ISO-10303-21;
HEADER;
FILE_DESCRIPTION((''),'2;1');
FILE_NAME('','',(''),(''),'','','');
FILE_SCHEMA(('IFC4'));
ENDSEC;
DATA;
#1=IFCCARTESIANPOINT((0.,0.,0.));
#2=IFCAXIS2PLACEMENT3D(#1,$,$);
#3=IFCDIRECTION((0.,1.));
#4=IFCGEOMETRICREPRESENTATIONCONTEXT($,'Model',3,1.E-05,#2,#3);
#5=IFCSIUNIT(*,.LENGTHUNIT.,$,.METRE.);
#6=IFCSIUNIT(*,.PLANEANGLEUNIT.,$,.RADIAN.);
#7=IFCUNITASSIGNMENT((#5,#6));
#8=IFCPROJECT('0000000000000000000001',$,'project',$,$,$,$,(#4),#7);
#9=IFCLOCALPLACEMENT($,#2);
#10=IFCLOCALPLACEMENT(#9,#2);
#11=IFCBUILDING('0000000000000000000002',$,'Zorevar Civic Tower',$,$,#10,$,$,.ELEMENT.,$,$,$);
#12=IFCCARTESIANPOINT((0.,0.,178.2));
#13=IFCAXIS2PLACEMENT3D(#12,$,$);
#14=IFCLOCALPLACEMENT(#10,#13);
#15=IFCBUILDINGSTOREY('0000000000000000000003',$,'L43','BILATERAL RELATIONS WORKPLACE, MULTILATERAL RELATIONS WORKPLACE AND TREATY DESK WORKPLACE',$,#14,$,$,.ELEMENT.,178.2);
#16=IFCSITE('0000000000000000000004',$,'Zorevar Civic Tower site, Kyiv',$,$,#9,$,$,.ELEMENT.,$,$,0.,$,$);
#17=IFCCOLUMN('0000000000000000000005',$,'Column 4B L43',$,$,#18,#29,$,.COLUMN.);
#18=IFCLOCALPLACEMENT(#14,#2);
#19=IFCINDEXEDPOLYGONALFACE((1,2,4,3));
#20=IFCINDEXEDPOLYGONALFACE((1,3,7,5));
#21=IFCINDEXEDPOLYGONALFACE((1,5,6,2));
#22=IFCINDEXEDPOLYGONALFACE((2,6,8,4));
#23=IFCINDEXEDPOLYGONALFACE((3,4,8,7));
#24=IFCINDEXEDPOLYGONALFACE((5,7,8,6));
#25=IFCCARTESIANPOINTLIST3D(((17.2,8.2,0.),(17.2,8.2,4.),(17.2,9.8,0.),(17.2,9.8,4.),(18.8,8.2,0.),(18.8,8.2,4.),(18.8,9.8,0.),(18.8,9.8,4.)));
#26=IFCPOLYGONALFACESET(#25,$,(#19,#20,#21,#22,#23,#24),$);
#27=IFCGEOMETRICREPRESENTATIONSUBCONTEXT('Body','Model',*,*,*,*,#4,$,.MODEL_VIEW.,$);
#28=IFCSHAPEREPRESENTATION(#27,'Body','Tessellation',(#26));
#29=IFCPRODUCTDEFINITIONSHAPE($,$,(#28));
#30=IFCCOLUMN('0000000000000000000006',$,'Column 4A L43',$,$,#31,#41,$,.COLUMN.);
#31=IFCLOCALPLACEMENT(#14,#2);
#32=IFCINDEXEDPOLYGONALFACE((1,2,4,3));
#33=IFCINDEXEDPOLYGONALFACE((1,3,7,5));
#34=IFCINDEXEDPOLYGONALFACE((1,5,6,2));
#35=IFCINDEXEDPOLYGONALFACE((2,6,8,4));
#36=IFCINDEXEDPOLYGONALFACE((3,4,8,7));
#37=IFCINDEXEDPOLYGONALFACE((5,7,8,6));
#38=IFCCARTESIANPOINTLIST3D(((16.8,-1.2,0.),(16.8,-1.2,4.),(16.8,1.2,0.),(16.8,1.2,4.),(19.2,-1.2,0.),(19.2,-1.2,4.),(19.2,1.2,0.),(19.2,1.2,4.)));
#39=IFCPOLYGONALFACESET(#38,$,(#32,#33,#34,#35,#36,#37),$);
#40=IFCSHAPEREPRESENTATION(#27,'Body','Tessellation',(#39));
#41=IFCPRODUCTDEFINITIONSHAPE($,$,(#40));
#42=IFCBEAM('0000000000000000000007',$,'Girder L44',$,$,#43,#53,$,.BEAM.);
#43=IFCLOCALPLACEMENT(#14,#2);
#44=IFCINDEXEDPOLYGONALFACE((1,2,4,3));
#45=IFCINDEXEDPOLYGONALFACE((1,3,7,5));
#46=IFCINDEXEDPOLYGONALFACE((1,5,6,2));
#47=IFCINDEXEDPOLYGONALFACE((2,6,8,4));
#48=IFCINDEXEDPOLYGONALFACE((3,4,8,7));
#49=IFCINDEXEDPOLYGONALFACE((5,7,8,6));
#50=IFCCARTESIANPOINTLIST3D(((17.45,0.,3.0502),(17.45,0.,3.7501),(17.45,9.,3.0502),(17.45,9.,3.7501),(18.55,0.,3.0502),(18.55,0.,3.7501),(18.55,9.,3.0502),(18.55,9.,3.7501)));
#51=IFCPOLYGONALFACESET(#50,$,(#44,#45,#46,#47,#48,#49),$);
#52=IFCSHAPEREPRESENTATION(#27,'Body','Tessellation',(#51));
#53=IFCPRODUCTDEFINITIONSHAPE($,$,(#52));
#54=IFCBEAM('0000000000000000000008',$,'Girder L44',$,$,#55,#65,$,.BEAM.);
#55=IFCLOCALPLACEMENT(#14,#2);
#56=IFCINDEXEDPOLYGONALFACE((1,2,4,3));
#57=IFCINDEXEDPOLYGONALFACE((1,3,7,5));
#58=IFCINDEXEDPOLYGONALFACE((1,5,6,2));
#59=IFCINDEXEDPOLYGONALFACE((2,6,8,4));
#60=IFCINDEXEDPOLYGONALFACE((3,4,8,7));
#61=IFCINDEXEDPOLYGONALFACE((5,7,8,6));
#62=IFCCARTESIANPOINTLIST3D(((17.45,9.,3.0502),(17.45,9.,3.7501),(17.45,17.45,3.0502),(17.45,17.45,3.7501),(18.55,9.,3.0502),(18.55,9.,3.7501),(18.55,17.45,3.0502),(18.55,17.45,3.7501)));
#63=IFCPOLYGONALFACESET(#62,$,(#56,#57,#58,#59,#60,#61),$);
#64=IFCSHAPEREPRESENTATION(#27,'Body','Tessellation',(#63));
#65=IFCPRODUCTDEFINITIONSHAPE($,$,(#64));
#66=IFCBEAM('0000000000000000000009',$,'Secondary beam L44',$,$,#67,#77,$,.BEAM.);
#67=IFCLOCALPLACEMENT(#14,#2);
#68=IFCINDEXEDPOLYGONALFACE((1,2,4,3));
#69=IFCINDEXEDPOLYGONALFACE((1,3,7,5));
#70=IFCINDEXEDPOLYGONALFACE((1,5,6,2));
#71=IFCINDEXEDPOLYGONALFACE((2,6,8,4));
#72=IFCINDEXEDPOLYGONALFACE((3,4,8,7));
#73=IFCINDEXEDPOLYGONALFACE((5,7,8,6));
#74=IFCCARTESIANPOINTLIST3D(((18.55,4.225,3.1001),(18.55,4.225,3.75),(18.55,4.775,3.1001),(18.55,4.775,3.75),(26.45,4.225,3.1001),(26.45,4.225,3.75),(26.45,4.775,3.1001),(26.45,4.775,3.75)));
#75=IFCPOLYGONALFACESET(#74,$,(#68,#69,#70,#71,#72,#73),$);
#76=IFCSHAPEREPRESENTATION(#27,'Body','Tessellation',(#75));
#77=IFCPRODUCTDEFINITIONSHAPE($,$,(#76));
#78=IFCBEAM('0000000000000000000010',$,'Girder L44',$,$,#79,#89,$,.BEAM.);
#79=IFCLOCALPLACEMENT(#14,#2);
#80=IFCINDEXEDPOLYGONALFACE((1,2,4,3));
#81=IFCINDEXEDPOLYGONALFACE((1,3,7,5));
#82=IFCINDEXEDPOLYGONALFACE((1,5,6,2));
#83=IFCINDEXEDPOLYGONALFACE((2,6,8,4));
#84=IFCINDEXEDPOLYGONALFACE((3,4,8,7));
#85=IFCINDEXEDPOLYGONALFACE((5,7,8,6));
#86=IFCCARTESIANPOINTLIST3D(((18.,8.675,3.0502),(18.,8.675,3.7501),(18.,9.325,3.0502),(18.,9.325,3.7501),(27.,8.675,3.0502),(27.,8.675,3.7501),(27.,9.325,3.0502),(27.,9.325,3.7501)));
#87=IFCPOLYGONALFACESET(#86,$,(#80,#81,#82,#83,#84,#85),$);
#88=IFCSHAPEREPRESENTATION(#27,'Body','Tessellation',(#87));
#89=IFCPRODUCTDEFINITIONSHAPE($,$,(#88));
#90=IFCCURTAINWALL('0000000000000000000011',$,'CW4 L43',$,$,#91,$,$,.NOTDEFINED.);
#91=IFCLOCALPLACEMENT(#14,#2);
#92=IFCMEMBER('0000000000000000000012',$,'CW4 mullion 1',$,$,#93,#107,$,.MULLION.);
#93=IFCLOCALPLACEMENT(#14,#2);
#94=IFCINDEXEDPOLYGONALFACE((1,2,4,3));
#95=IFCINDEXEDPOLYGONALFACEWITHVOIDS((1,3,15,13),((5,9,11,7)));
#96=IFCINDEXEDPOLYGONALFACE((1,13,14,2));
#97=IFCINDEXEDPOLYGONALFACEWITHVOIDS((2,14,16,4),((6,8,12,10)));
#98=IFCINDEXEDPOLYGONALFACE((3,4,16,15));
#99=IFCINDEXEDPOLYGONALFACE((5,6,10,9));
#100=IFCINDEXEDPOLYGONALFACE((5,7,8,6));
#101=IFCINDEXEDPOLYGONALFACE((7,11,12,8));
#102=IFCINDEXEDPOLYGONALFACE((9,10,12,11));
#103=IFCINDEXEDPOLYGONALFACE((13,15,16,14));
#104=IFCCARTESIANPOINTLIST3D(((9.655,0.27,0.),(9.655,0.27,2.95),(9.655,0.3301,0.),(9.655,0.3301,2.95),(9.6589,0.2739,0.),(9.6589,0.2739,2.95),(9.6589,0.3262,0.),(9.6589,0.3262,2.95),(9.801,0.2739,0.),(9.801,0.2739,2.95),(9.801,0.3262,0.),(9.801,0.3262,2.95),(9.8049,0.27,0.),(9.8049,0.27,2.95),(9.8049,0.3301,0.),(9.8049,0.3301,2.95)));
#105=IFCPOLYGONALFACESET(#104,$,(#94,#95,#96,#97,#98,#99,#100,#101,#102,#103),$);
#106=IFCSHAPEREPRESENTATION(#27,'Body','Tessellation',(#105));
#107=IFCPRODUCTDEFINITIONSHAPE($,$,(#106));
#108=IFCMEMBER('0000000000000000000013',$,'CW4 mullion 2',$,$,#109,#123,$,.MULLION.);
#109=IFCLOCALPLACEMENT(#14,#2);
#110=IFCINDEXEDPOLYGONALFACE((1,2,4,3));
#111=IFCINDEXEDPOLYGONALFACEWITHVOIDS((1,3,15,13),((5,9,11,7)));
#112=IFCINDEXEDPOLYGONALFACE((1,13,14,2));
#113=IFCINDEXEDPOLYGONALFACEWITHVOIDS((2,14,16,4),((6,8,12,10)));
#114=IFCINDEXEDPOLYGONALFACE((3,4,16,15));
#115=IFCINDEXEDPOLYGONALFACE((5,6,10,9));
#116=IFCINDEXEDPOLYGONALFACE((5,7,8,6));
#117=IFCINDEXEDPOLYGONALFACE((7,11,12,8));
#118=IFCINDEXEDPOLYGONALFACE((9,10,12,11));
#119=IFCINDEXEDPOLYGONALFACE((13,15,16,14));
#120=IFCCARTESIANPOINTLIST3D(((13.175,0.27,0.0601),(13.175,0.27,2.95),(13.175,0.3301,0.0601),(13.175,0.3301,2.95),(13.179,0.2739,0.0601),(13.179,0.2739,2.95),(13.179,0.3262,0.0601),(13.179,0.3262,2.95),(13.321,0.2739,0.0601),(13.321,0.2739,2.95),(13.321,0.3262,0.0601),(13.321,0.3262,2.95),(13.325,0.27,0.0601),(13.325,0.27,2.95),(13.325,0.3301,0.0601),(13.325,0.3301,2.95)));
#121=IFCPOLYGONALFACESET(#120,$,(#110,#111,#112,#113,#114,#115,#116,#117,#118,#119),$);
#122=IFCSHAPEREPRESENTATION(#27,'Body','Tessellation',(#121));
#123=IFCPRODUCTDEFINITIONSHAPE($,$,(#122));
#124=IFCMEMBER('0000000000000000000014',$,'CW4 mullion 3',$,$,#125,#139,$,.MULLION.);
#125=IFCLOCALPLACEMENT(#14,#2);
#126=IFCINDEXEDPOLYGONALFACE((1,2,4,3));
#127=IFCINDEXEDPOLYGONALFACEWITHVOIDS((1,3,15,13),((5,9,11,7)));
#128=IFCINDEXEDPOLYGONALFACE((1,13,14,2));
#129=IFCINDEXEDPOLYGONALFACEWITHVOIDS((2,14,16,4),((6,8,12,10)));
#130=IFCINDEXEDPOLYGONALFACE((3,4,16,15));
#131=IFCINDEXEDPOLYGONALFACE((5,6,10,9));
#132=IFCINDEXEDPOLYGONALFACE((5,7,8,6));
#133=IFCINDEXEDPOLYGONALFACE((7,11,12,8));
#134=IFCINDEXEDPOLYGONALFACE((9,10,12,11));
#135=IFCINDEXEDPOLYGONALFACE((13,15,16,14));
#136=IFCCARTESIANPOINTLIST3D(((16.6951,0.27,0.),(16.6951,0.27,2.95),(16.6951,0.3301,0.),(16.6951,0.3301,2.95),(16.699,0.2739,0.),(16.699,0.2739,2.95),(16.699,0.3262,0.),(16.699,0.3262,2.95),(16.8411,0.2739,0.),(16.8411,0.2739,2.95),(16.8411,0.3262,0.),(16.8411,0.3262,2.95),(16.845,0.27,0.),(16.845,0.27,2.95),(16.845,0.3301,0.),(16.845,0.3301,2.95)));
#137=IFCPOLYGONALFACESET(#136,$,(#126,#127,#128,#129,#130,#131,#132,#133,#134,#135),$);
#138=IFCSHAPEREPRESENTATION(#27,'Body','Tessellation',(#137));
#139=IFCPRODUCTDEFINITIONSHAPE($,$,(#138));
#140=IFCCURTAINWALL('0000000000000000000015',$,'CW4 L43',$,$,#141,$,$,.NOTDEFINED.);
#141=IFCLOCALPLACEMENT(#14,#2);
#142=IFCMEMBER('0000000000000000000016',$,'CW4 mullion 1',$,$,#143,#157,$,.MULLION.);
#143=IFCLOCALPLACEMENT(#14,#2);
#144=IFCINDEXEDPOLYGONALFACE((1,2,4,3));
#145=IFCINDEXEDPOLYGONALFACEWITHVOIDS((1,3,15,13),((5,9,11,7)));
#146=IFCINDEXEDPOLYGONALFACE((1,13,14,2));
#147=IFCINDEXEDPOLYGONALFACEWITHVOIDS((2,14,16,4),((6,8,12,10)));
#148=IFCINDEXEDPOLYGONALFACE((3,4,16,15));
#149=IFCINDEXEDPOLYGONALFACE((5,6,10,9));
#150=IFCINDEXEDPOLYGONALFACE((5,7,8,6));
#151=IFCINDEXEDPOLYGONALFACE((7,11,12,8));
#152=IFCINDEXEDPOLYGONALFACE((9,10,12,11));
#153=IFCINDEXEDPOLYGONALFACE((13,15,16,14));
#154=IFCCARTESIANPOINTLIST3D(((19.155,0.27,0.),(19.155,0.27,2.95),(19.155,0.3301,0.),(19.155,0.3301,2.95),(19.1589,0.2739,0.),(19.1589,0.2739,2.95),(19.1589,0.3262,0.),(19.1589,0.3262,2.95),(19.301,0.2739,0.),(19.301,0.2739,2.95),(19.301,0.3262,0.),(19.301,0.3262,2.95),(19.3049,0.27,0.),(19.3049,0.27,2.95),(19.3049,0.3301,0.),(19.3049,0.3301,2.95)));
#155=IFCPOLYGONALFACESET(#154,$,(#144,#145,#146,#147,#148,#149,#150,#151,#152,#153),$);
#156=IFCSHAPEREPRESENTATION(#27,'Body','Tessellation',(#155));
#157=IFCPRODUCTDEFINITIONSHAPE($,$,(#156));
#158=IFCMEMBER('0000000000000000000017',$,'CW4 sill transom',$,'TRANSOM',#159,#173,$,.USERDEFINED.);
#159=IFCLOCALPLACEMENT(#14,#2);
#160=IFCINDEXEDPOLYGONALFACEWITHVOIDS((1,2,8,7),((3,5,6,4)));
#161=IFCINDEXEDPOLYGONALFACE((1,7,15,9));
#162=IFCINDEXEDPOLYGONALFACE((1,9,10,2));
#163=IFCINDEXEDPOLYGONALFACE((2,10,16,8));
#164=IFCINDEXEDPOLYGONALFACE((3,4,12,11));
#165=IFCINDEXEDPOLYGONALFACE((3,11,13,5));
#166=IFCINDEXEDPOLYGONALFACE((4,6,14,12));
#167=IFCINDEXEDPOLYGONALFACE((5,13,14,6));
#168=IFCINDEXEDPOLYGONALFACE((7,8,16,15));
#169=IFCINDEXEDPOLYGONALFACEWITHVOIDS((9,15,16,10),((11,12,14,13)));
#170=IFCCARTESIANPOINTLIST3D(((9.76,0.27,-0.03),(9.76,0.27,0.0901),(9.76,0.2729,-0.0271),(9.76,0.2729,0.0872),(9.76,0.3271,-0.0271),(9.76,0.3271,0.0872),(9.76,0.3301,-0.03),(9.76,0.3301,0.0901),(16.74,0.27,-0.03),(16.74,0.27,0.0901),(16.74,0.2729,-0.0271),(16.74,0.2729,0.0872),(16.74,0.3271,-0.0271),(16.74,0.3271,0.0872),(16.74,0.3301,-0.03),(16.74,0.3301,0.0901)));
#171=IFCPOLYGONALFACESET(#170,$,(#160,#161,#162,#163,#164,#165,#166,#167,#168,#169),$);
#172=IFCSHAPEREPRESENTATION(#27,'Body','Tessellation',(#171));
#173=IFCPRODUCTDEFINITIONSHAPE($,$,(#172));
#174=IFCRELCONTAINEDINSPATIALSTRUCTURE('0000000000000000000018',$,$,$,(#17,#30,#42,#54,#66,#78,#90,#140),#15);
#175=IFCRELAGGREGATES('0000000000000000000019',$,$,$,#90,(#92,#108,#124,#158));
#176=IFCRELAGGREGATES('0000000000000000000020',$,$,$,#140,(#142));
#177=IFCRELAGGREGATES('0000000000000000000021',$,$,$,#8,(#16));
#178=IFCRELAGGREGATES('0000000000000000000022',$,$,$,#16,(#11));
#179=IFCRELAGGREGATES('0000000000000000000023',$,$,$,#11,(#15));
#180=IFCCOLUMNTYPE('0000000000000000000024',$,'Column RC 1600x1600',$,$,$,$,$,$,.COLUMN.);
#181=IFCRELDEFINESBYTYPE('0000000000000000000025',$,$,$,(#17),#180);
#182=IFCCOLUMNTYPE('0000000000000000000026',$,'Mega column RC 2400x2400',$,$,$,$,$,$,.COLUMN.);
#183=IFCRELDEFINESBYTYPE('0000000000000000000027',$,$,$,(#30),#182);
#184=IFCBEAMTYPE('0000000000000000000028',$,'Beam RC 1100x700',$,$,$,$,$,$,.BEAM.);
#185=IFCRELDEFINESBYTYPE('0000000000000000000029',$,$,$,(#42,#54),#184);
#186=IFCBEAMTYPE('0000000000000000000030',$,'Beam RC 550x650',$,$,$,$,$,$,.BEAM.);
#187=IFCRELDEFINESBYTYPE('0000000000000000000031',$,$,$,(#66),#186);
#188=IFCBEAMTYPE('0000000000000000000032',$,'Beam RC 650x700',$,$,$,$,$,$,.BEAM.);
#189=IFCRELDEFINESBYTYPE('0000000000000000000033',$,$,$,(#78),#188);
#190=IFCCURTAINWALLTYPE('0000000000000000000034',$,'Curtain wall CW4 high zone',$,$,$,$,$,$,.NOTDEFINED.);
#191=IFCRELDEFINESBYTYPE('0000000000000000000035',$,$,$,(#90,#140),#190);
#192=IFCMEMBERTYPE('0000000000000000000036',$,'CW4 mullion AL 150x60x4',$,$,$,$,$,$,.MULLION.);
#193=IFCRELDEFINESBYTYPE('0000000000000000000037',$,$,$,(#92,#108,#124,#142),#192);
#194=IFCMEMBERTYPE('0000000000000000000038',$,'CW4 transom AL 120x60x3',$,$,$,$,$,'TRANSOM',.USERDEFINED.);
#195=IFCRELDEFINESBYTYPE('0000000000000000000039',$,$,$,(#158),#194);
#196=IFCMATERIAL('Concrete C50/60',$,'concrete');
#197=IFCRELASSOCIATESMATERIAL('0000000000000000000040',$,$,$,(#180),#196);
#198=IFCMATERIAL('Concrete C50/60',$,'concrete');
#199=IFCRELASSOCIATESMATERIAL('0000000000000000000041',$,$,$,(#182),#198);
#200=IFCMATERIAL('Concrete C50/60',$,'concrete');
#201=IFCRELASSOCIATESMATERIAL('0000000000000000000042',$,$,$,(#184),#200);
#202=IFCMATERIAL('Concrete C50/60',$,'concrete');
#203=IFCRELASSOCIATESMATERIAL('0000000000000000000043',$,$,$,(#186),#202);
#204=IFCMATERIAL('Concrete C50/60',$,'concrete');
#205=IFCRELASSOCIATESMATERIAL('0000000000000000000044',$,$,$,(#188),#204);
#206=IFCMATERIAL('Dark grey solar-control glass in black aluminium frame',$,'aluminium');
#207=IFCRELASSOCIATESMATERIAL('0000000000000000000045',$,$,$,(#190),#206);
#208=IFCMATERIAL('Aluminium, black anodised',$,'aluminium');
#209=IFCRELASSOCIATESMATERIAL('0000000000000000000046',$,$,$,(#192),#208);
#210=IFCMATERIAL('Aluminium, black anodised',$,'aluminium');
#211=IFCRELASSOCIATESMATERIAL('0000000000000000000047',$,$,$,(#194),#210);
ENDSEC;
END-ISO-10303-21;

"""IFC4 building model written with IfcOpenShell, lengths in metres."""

from ifc_helpers import new_model, si_unit, direction, frame, origin, origin_2d, place, context, subcontext, project, spatial, rectangle, hollow_rectangle, extrude, material, material_profile, profile_set, type_object, element, aggregate, save


model = new_model("IFC4")

# Units and contexts
model_context = context("Model", 3, precision=1e-05, world=origin(), true_north=direction((0.0, 1.0)))
body_context = subcontext(model_context, "Body", "Model", "MODEL_VIEW")
ifc_project = project(units=[si_unit("LENGTHUNIT", "METRE"), si_unit("PLANEANGLEUNIT", "RADIAN")], contexts=[model_context])

# Site, building, storey
site_placement = place(None, origin())
site = spatial("IfcSite", under=ifc_project, at=site_placement, Name="Zorevar Civic Tower site, Kyiv", CompositionType="ELEMENT", RefElevation=0.0)
building_placement = place(site_placement, origin())
building = spatial("IfcBuilding", under=site, at=building_placement, Name="Zorevar Civic Tower", CompositionType="ELEMENT")
storey_placement = place(building_placement, frame((0.0, 0.0, 178.2)))
storey = spatial("IfcBuildingStorey", under=building, at=storey_placement, Name="L43", Description="BILATERAL RELATIONS WORKPLACE, MULTILATERAL RELATIONS WORKPLACE AND TREATY DESK WORKPLACE", CompositionType="ELEMENT", Elevation=178.2)

# Columns
ifc_material_1 = material(Name="Concrete C50/60", Category="concrete")
ifc_material_profile_1 = material_profile(ifc_material_1, rectangle(XDim=1.6001, YDim=1.6001, at=origin_2d()), Name="RC 1600x1600")
ifc_profile_set_1 = profile_set([ifc_material_profile_1], Name="Concrete C50/60")
column_type_1 = type_object("IfcColumnType", Name="Column RC 1600x1600", PredefinedType="COLUMN", material=ifc_profile_set_1)
column_1_placement = place(storey_placement, frame((18.0, 9.0, 0.0), z_axis=(0.0, 0.0, 1.0), x_axis=(1.0, 0.0, 0.0)))
element("IfcColumn", 1, at=column_1_placement, inside=storey, type_object=column_type_1, Name="Column 4B L43", PredefinedType="COLUMN", context=body_context, shape_type="SweptSolid", body=[
    extrude(rectangle(XDim=1.6001, YDim=1.6001, at=origin_2d()), origin(), (0.0, 0.0, 1.0), 4.0),
])
ifc_material_2 = material(Name="Concrete C50/60", Category="concrete")
ifc_material_profile_2 = material_profile(ifc_material_2, rectangle(XDim=2.3999, YDim=2.3999, at=origin_2d()), Name="RC 2400x2400")
ifc_profile_set_2 = profile_set([ifc_material_profile_2], Name="Concrete C50/60")
column_type_2 = type_object("IfcColumnType", Name="Mega column RC 2400x2400", PredefinedType="COLUMN", material=ifc_profile_set_2)
column_2_placement = place(storey_placement, frame((18.0, 0.0, 0.0), z_axis=(0.0, 0.0, 1.0), x_axis=(1.0, 0.0, 0.0)))
element("IfcColumn", 2, at=column_2_placement, inside=storey, type_object=column_type_2, Name="Column 4A L43", PredefinedType="COLUMN", context=body_context, shape_type="SweptSolid", body=[
    extrude(rectangle(XDim=2.3999, YDim=2.3999, at=origin_2d()), origin(), (0.0, 0.0, 1.0), 4.0),
])

# Beams
ifc_material_3 = material(Name="Concrete C50/60", Category="concrete")
ifc_material_profile_3 = material_profile(ifc_material_3, rectangle(XDim=1.1001, YDim=0.7, at=origin_2d()), Name="RC 1100x700")
ifc_profile_set_3 = profile_set([ifc_material_profile_3], Name="Concrete C50/60")
beam_type_1 = type_object("IfcBeamType", Name="Beam RC 1100x700", PredefinedType="BEAM", material=ifc_profile_set_3)
beam_1_placement = place(storey_placement, frame((18.0, 0.0, 3.4001), z_axis=(0.0, 1.0, 0.0), x_axis=(-1.0, 0.0, 0.0)))
element("IfcBeam", 3, at=beam_1_placement, inside=storey, type_object=beam_type_1, Name="Girder L44", PredefinedType="BEAM", context=body_context, shape_type="SweptSolid", body=[
    extrude(rectangle(XDim=1.1001, YDim=0.7, at=origin_2d()), origin(), (0.0, 0.0, 1.0), 9.0),
])
beam_2_placement = place(storey_placement, frame((18.0, 9.0, 3.4001), z_axis=(0.0, 1.0, 0.0), x_axis=(-1.0, 0.0, 0.0)))
element("IfcBeam", 4, at=beam_2_placement, inside=storey, type_object=beam_type_1, Name="Girder L44", PredefinedType="BEAM", context=body_context, shape_type="SweptSolid", body=[
    extrude(rectangle(XDim=1.1001, YDim=0.7, at=origin_2d()), origin(), (0.0, 0.0, 1.0), 8.45),
])
ifc_material_4 = material(Name="Concrete C50/60", Category="concrete")
ifc_material_profile_4 = material_profile(ifc_material_4, rectangle(XDim=0.55, YDim=0.6499, at=origin_2d()), Name="RC 550x650")
ifc_profile_set_4 = profile_set([ifc_material_profile_4], Name="Concrete C50/60")
beam_type_2 = type_object("IfcBeamType", Name="Beam RC 550x650", PredefinedType="BEAM", material=ifc_profile_set_4)
beam_3_placement = place(storey_placement, frame((18.55, 4.5, 3.425), z_axis=(1.0, 0.0, 0.0), x_axis=(0.0, 1.0, 0.0)))
element("IfcBeam", 5, at=beam_3_placement, inside=storey, type_object=beam_type_2, Name="Secondary beam L44", PredefinedType="BEAM", context=body_context, shape_type="SweptSolid", body=[
    extrude(rectangle(XDim=0.55, YDim=0.6499, at=origin_2d()), origin(), (0.0, 0.0, 1.0), 7.8999),
])
ifc_material_5 = material(Name="Concrete C50/60", Category="concrete")
ifc_material_profile_5 = material_profile(ifc_material_5, rectangle(XDim=0.6499, YDim=0.7, at=origin_2d()), Name="RC 650x700")
ifc_profile_set_5 = profile_set([ifc_material_profile_5], Name="Concrete C50/60")
beam_type_3 = type_object("IfcBeamType", Name="Beam RC 650x700", PredefinedType="BEAM", material=ifc_profile_set_5)
beam_4_placement = place(storey_placement, frame((18.0, 9.0, 3.4001), z_axis=(1.0, 0.0, 0.0), x_axis=(0.0, 1.0, 0.0)))
element("IfcBeam", 6, at=beam_4_placement, inside=storey, type_object=beam_type_3, Name="Girder L44", PredefinedType="BEAM", context=body_context, shape_type="SweptSolid", body=[
    extrude(rectangle(XDim=0.6499, YDim=0.7, at=origin_2d()), origin(), (0.0, 0.0, 1.0), 9.0),
])

# Curtain wall, members
ifc_material_6 = material(Name="Dark grey solar-control glass in black aluminium frame", Category="aluminium")
curtain_wall_type = type_object("IfcCurtainWallType", Name="Curtain wall CW4 high zone", PredefinedType="NOTDEFINED", material=ifc_material_6)
curtain_wall_1_placement = place(storey_placement, origin())
curtain_wall_1 = element("IfcCurtainWall", 7, at=curtain_wall_1_placement, inside=storey, type_object=curtain_wall_type, Name="CW4 L43", PredefinedType="NOTDEFINED")
ifc_material_7 = material(Name="Aluminium, black anodised", Category="aluminium")
ifc_material_profile_6 = material_profile(ifc_material_7, hollow_rectangle(XDim=0.0601, YDim=0.1499, WallThickness=0.0039, at=origin_2d()), Name="AL 150x60x4")
ifc_profile_set_6 = profile_set([ifc_material_profile_6], Name="Aluminium, black anodised")
member_type_1 = type_object("IfcMemberType", Name="CW4 mullion AL 150x60x4", PredefinedType="MULLION", material=ifc_profile_set_6)
member_1_placement = place(storey_placement, frame((9.73, 0.3, 0.0), z_axis=(0.0, 0.0, 1.0), x_axis=(0.0, 1.0, 0.0)))
member_1 = element("IfcMember", 8, at=member_1_placement, type_object=member_type_1, Name="CW4 mullion 1", PredefinedType="MULLION", context=body_context, shape_type="SweptSolid", body=[
    extrude(hollow_rectangle(XDim=0.0601, YDim=0.1499, WallThickness=0.0039, at=origin_2d()), origin(), (0.0, 0.0, 1.0), 2.95),
])
member_2_placement = place(storey_placement, frame((13.25, 0.3, 0.0601), z_axis=(0.0, 0.0, 1.0), x_axis=(0.0, 1.0, 0.0)))
member_2 = element("IfcMember", 9, at=member_2_placement, type_object=member_type_1, Name="CW4 mullion 2", PredefinedType="MULLION", context=body_context, shape_type="SweptSolid", body=[
    extrude(hollow_rectangle(XDim=0.0601, YDim=0.1499, WallThickness=0.0039, at=origin_2d()), origin(), (0.0, 0.0, 1.0), 2.8899),
])
member_3_placement = place(storey_placement, frame((16.77, 0.3, 0.0), z_axis=(0.0, 0.0, 1.0), x_axis=(0.0, 1.0, 0.0)))
member_3 = element("IfcMember", 10, at=member_3_placement, type_object=member_type_1, Name="CW4 mullion 3", PredefinedType="MULLION", context=body_context, shape_type="SweptSolid", body=[
    extrude(hollow_rectangle(XDim=0.0601, YDim=0.1499, WallThickness=0.0039, at=origin_2d()), origin(), (0.0, 0.0, 1.0), 2.95),
])

# Curtain wall, member
curtain_wall_2_placement = place(storey_placement, origin())
curtain_wall_2 = element("IfcCurtainWall", 11, at=curtain_wall_2_placement, inside=storey, type_object=curtain_wall_type, Name="CW4 L43", PredefinedType="NOTDEFINED")
member_4_placement = place(storey_placement, frame((19.23, 0.3, 0.0), z_axis=(0.0, 0.0, 1.0), x_axis=(0.0, 1.0, 0.0)))
member_4 = element("IfcMember", 12, at=member_4_placement, type_object=member_type_1, Name="CW4 mullion 1", PredefinedType="MULLION", context=body_context, shape_type="SweptSolid", body=[
    extrude(hollow_rectangle(XDim=0.0601, YDim=0.1499, WallThickness=0.0039, at=origin_2d()), origin(), (0.0, 0.0, 1.0), 2.95),
])

# Member
ifc_material_8 = material(Name="Aluminium, black anodised", Category="aluminium")
ifc_material_profile_7 = material_profile(ifc_material_8, hollow_rectangle(XDim=0.0601, YDim=0.1201, WallThickness=0.0029, at=origin_2d()), Name="AL 120x60x3")
ifc_profile_set_7 = profile_set([ifc_material_profile_7], Name="Aluminium, black anodised")
member_type_2 = type_object("IfcMemberType", Name="CW4 transom AL 120x60x3", ElementType="TRANSOM", PredefinedType="USERDEFINED", material=ifc_profile_set_7)
member_5_placement = place(storey_placement, frame((9.76, 0.3, 0.03), z_axis=(1.0, 0.0, 0.0), x_axis=(0.0, 1.0, 0.0)))
member_5 = element("IfcMember", 13, at=member_5_placement, type_object=member_type_2, Name="CW4 sill transom", ObjectType="TRANSOM", PredefinedType="USERDEFINED", context=body_context, shape_type="SweptSolid", body=[
    extrude(hollow_rectangle(XDim=0.0601, YDim=0.1201, WallThickness=0.0029, at=origin_2d()), origin(), (0.0, 0.0, 1.0), 6.98),
])

aggregate(curtain_wall_1, [member_1, member_2, member_3, member_5])
aggregate(curtain_wall_2, [member_4])

save(model, "model.ifc")
